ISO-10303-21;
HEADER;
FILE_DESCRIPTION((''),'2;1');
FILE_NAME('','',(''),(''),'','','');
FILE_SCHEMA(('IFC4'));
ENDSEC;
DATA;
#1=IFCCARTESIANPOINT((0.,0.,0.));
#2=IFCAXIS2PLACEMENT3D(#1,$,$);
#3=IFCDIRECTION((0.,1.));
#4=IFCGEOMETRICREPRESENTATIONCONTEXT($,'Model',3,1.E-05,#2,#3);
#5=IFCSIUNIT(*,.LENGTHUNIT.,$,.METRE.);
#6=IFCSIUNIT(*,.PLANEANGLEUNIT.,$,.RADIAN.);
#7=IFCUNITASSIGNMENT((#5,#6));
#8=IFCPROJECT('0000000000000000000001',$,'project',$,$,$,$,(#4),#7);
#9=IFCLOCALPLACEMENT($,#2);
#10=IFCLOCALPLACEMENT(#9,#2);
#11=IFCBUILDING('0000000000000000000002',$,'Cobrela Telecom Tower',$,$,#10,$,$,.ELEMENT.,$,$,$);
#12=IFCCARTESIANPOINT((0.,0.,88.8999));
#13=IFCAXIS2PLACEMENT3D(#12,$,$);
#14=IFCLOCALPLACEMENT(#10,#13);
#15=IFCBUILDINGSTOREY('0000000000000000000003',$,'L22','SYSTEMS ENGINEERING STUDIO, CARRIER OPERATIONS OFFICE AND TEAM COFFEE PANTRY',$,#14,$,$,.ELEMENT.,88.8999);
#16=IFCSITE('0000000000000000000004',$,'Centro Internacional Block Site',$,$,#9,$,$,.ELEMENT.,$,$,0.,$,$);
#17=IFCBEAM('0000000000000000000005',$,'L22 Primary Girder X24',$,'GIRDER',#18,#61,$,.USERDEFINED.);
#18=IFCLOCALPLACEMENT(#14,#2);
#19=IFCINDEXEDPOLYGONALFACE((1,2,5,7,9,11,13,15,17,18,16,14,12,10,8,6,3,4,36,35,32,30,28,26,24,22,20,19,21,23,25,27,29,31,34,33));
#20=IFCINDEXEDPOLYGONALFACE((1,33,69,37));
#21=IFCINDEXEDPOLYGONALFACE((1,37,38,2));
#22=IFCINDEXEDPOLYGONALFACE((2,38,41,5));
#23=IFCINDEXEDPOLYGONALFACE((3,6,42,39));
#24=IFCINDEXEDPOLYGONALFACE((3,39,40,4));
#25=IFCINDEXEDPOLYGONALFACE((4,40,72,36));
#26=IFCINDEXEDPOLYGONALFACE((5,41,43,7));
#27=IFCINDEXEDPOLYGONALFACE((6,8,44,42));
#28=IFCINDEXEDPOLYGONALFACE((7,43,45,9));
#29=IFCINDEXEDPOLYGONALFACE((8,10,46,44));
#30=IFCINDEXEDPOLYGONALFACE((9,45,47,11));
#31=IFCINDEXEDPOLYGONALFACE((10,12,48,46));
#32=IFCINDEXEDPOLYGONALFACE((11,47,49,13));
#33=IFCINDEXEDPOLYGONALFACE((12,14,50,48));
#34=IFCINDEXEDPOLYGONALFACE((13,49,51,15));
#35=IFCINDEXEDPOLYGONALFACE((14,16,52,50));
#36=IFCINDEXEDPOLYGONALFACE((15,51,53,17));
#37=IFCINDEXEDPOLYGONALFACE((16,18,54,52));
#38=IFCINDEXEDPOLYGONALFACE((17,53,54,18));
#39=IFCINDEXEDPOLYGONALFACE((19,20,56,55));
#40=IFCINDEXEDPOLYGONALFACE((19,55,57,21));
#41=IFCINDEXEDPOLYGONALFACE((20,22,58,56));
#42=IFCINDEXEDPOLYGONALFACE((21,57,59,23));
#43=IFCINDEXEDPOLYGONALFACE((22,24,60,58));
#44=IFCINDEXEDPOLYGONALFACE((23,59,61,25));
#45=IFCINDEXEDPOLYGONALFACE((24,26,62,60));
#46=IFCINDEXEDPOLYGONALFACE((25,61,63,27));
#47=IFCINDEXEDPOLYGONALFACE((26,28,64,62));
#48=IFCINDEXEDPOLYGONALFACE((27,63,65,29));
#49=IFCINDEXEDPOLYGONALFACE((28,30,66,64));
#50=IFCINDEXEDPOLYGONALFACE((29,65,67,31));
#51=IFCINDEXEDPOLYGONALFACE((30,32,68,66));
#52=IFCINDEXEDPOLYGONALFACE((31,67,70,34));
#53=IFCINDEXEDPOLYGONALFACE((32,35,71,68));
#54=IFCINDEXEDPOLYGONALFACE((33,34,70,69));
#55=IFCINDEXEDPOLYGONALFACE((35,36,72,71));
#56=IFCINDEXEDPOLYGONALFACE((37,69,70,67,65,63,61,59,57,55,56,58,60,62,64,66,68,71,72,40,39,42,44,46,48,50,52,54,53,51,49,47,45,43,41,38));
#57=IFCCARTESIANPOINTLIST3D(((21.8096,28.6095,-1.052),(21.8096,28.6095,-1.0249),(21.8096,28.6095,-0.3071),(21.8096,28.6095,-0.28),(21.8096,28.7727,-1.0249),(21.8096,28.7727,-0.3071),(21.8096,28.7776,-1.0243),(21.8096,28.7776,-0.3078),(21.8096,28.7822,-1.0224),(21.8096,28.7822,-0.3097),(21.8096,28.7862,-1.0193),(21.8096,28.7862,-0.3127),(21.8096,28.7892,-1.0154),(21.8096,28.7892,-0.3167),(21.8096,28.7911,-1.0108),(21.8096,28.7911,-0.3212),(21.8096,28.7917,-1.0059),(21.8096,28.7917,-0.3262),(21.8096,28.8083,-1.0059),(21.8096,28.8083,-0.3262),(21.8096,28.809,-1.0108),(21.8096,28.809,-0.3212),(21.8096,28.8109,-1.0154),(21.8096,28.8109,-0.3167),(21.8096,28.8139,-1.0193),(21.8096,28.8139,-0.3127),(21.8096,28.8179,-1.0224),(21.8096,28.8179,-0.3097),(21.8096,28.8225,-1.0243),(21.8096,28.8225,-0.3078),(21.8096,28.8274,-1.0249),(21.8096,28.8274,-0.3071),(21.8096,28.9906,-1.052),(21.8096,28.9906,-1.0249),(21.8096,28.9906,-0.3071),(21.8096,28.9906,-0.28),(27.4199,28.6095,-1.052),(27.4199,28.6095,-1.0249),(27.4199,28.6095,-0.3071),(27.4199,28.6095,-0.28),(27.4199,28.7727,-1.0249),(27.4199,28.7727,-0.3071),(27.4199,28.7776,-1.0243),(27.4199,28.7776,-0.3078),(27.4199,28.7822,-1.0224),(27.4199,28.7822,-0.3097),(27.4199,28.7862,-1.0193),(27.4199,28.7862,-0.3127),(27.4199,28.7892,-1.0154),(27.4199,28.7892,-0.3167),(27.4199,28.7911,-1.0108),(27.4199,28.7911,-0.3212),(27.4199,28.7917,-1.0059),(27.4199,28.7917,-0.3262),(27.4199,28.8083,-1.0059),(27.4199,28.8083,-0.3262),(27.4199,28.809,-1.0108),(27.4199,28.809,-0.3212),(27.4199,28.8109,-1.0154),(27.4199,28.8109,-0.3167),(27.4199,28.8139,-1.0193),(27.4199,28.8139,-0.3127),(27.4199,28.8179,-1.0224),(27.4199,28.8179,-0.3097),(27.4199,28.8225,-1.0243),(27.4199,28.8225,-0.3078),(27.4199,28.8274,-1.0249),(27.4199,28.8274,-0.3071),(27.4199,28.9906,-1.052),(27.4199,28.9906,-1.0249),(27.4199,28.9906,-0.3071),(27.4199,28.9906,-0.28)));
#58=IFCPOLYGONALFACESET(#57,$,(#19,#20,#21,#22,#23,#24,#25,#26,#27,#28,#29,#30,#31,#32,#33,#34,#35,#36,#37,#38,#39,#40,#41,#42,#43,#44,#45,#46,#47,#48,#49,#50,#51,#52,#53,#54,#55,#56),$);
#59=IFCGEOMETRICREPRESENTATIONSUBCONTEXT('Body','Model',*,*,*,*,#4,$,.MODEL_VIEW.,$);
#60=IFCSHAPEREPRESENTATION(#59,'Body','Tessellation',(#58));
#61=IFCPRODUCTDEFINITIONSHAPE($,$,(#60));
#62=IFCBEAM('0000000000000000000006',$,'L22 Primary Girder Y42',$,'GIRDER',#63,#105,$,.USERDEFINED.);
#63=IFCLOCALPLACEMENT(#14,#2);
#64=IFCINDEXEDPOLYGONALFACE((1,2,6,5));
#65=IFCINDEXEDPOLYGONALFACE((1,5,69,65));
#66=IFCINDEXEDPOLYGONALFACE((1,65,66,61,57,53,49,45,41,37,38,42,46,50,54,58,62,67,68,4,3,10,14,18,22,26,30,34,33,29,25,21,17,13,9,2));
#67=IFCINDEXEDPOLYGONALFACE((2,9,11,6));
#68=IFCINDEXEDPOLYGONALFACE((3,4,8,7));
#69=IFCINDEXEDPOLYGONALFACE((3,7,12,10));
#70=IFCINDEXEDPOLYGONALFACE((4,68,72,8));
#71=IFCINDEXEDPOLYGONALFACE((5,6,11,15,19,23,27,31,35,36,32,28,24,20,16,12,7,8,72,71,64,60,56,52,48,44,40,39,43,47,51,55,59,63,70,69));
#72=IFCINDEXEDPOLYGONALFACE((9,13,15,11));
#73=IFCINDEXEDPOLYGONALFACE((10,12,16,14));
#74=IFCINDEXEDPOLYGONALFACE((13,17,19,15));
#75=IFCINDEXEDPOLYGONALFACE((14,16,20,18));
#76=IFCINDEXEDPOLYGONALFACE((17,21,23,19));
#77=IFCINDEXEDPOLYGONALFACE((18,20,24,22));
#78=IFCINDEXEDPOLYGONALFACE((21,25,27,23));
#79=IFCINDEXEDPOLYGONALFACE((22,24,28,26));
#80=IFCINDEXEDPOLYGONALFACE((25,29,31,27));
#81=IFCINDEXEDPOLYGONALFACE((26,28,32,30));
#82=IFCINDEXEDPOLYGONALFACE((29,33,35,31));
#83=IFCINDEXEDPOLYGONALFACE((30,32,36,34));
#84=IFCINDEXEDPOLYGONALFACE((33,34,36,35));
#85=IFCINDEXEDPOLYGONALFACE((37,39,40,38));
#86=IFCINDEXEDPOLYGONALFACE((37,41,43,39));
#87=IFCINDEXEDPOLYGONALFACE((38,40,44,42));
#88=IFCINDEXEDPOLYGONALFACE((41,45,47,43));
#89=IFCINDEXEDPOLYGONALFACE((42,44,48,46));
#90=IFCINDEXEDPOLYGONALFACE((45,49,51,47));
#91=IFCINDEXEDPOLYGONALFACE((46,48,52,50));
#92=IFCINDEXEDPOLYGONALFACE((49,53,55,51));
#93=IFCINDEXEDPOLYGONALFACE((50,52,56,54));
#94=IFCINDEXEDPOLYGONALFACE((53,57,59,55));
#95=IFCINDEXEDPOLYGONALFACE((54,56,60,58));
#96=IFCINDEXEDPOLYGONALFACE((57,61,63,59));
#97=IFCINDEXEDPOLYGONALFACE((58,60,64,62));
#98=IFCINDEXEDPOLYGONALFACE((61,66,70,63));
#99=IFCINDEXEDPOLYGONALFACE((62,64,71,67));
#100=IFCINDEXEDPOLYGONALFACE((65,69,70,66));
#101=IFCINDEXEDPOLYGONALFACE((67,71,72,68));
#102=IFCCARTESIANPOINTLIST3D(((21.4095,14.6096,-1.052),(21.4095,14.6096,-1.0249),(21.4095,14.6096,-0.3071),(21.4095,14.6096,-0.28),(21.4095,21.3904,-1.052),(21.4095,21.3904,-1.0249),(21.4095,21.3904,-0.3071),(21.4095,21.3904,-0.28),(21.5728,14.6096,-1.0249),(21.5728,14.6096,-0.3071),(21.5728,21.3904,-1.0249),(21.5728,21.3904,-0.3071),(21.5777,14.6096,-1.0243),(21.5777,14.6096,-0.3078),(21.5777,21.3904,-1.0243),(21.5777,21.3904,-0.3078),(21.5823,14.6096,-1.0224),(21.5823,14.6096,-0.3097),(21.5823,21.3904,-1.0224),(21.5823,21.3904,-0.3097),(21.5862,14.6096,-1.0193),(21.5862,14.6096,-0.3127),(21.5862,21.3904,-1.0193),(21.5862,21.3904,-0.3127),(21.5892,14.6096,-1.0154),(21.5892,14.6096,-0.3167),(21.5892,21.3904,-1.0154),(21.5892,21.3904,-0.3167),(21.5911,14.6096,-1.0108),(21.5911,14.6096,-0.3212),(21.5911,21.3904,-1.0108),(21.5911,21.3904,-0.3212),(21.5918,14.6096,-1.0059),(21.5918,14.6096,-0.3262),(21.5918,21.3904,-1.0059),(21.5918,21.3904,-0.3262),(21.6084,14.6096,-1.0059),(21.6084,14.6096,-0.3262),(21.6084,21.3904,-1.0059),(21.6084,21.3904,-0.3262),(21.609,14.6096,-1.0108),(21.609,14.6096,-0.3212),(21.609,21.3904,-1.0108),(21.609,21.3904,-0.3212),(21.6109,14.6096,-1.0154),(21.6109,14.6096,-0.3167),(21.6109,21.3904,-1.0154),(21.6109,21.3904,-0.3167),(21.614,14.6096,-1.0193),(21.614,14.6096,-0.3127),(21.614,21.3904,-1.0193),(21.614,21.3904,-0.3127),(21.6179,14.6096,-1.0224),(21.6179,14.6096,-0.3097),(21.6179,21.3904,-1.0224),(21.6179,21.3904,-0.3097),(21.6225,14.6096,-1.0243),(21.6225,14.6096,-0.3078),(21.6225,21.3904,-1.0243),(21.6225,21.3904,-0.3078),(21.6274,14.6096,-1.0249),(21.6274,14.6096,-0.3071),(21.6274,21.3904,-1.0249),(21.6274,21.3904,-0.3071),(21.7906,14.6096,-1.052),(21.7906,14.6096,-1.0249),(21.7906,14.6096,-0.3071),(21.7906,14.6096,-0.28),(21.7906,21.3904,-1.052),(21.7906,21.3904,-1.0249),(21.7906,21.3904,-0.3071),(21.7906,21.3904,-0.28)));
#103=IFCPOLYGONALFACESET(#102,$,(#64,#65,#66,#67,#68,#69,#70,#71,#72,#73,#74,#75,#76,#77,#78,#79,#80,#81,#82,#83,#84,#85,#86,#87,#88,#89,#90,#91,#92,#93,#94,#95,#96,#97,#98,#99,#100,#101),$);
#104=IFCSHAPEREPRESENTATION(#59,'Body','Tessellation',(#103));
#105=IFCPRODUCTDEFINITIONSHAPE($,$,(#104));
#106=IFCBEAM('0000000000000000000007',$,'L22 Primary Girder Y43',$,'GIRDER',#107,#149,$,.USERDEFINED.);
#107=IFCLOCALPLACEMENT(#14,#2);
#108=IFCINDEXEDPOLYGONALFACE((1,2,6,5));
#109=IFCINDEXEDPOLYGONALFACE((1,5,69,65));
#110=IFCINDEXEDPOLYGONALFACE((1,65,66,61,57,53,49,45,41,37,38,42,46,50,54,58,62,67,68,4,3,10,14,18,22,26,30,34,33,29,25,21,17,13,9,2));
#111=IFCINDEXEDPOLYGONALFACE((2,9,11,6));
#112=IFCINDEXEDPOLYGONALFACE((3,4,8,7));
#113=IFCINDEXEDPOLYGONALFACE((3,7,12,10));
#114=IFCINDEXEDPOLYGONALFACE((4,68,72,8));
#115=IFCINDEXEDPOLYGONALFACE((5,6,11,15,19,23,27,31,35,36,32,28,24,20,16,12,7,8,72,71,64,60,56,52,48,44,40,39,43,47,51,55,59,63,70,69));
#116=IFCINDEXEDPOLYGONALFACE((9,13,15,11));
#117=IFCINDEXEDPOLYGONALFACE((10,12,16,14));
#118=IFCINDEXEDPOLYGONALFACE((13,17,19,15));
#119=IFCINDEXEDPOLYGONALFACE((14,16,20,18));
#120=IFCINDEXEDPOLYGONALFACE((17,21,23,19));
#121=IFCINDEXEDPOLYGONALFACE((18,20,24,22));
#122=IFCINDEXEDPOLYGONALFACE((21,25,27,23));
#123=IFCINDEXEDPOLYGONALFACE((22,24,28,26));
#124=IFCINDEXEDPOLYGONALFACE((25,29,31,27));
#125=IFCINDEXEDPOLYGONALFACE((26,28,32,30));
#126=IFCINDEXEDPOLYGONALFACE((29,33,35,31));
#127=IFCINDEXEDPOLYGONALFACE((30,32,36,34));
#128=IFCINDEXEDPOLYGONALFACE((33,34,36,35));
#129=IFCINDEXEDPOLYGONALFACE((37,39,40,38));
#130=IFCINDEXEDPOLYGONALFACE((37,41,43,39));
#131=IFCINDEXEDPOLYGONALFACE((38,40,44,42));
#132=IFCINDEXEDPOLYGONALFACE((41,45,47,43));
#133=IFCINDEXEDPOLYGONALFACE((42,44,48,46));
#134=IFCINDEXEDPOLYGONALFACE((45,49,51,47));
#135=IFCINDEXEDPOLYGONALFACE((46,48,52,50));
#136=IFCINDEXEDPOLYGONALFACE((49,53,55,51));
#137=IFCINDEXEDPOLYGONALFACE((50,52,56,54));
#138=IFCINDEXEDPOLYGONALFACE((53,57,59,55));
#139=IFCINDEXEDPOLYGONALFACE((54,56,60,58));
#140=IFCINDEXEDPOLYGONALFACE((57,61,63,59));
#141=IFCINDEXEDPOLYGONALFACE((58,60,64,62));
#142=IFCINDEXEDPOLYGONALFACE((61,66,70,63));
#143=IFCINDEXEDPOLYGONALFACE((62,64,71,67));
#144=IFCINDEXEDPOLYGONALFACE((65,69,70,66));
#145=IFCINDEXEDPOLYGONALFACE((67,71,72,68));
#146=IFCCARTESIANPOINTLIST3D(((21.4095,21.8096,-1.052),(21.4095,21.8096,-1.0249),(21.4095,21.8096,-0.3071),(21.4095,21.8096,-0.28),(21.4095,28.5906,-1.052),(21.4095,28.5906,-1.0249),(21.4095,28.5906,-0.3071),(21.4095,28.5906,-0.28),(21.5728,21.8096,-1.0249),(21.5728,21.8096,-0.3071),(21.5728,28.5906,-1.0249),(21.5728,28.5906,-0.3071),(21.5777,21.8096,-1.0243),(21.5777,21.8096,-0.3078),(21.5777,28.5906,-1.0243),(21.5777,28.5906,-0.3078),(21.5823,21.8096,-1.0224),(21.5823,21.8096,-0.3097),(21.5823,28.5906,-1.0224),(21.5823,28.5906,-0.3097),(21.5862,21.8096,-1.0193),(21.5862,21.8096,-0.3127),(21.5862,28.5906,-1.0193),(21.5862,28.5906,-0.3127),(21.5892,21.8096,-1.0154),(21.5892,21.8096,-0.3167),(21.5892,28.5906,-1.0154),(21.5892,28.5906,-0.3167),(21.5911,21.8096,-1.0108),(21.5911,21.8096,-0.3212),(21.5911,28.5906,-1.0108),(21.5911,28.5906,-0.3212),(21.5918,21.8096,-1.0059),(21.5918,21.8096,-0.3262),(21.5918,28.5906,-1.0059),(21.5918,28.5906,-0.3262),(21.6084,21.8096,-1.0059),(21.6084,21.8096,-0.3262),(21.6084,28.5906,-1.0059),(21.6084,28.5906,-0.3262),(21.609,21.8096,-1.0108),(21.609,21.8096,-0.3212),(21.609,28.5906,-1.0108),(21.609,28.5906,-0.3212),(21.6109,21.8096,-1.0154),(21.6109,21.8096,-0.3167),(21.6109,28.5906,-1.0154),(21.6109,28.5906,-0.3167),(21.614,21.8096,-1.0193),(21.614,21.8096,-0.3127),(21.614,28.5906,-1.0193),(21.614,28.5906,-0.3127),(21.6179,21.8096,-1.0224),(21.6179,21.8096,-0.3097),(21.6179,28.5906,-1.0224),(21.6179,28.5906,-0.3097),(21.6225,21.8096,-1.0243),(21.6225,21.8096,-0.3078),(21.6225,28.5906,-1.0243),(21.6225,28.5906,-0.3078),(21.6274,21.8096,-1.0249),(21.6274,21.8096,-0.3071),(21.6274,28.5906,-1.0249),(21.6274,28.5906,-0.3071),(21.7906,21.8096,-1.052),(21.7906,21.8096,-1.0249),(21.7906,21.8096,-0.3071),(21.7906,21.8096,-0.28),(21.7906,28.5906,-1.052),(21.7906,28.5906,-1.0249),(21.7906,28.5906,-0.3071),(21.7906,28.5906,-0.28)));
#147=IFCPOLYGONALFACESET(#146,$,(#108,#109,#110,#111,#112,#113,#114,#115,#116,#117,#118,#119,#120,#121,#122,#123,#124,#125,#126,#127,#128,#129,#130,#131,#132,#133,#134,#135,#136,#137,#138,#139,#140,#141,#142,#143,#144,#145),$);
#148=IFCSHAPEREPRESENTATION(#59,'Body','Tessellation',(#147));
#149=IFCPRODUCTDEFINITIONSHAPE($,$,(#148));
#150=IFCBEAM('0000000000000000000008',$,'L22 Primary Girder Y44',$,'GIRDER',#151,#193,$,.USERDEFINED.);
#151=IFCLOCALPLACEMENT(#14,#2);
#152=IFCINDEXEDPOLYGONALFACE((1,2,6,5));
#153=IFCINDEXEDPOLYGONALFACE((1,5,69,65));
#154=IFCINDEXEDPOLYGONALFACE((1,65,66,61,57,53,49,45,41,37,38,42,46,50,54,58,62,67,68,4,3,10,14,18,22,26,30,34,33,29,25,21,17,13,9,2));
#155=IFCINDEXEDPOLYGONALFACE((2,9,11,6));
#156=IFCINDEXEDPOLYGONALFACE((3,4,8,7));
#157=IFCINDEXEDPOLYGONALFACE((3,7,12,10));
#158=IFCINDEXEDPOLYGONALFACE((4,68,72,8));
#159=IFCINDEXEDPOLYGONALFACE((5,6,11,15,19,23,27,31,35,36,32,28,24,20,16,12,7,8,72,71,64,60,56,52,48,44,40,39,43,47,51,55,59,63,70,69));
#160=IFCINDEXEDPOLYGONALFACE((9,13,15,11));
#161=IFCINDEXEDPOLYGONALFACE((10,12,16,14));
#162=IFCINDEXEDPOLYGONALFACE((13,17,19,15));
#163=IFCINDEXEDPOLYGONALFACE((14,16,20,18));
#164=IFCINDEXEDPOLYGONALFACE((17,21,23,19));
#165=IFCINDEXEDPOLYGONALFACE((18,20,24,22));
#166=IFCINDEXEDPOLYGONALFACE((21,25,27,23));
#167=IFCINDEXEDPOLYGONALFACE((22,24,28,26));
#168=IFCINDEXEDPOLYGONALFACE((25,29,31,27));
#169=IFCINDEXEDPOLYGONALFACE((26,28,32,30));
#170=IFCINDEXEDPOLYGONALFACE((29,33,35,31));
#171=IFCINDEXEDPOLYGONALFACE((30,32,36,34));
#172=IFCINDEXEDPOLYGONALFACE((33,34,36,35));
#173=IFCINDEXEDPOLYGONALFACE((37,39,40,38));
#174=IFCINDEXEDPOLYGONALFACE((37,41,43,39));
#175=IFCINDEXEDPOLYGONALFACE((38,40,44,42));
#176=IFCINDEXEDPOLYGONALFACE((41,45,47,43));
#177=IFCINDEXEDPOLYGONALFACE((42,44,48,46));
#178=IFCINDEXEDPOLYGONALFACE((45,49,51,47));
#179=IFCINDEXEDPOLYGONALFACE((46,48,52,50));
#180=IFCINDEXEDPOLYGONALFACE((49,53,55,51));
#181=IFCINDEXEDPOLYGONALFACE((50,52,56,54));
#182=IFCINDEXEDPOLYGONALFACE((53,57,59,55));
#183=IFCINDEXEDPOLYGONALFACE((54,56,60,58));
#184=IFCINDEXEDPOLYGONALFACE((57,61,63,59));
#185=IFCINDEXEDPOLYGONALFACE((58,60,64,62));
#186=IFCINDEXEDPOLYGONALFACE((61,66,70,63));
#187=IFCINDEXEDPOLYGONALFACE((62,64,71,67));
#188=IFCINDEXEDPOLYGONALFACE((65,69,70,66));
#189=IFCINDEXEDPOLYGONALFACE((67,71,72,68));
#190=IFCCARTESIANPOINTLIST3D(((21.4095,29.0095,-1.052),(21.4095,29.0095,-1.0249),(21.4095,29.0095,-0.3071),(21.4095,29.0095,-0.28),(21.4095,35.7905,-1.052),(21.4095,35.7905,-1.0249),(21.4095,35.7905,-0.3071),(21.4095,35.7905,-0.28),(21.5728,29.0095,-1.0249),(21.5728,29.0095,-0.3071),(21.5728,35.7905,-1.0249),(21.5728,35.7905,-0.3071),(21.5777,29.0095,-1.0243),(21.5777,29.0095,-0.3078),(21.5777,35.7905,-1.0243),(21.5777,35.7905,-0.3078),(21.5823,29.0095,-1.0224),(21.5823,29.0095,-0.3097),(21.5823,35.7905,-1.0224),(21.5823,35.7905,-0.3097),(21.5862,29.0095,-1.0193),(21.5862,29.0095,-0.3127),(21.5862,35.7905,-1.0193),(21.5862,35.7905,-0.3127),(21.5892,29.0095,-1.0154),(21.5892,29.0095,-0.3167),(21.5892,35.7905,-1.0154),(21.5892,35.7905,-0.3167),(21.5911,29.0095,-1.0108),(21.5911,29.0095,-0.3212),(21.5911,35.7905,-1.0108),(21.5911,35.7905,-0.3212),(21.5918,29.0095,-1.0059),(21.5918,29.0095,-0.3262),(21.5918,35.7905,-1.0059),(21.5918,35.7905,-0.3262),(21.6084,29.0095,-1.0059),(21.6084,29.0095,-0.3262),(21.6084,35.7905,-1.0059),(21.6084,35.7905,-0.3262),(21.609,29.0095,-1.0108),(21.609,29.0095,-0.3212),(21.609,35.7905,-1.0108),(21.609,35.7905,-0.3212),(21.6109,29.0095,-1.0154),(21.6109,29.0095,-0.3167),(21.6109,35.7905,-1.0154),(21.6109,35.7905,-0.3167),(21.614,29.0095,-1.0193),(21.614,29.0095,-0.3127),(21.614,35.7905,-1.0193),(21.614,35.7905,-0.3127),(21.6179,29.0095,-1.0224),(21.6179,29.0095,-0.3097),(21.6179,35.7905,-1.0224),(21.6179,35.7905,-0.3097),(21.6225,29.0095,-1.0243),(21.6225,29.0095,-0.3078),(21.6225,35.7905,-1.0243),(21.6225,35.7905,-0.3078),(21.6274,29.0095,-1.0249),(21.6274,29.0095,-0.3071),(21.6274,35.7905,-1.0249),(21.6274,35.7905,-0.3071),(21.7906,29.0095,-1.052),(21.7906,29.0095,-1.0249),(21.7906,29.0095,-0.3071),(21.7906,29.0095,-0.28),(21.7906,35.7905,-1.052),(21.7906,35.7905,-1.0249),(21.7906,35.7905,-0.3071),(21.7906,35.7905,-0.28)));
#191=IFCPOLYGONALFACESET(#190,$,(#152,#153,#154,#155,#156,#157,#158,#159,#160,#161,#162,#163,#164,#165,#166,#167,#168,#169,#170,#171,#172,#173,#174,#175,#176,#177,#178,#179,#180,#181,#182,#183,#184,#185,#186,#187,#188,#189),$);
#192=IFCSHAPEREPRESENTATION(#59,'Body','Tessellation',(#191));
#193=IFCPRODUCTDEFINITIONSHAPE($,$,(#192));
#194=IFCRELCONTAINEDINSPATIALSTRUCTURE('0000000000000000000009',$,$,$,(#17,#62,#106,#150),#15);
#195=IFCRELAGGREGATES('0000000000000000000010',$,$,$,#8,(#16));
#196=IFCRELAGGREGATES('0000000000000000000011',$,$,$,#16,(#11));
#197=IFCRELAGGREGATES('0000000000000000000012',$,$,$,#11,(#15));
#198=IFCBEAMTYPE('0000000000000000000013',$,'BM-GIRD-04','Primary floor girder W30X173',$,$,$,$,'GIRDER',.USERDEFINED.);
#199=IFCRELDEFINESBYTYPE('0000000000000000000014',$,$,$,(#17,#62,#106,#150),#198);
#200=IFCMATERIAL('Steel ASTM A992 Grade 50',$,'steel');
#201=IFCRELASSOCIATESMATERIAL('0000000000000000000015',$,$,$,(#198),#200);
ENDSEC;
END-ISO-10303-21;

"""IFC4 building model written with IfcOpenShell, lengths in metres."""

from ifc_helpers import new_model, si_unit, direction, frame, origin, origin_2d, place, context, subcontext, project, spatial, i_section, extrude, material, material_profile, profile_set, type_object, element, save


model = new_model("IFC4")

# Units and contexts
model_context = context("Model", 3, precision=1e-05, world=origin(), true_north=direction((0.0, 1.0)))
body_context = subcontext(model_context, "Body", "Model", "MODEL_VIEW")
ifc_project = project(units=[si_unit("LENGTHUNIT", "METRE"), si_unit("PLANEANGLEUNIT", "RADIAN")], contexts=[model_context])

# Site, building, storey
site_placement = place(None, origin())
site = spatial("IfcSite", under=ifc_project, at=site_placement, Name="Centro Internacional Block Site", CompositionType="ELEMENT", RefElevation=0.0)
building_placement = place(site_placement, origin())
building = spatial("IfcBuilding", under=site, at=building_placement, Name="Cobrela Telecom Tower", CompositionType="ELEMENT")
storey_placement = place(building_placement, frame((0.0, 0.0, 88.8999)))
storey = spatial("IfcBuildingStorey", under=building, at=storey_placement, Name="L22", Description="SYSTEMS ENGINEERING STUDIO, CARRIER OPERATIONS OFFICE AND TEAM COFFEE PANTRY", CompositionType="ELEMENT", Elevation=88.8999)

# Shared definitions
ifc_material_1 = material(Name="Steel ASTM A992 Grade 50", Category="steel")

# Beams
ifc_material_profile_1 = material_profile(ifc_material_1, i_section(OverallWidth=0.3811, OverallDepth=0.772, WebThickness=0.0166, FlangeThickness=0.0271, FilletRadius=0.019, at=origin_2d()), Name="W30X173")
ifc_profile_set_1 = profile_set([ifc_material_profile_1], Name="Steel ASTM A992 Grade 50")
beam_type_1 = type_object("IfcBeamType", Name="BM-GIRD-04", Description="Primary floor girder W30X173", ElementType="GIRDER", PredefinedType="USERDEFINED", material=ifc_profile_set_1)
beam_1_placement = place(storey_placement, frame((21.8096, 28.8, -0.666), z_axis=(1.0, 0.0, 0.0), x_axis=(0.0, 1.0, 0.0)))
element("IfcBeam", 1, at=beam_1_placement, inside=storey, type_object=beam_type_1, Name="L22 Primary Girder X24", ObjectType="GIRDER", PredefinedType="USERDEFINED", context=body_context, shape_type="SweptSolid", body=[
    extrude(i_section(OverallWidth=0.3811, OverallDepth=0.772, WebThickness=0.0166, FlangeThickness=0.0271, FilletRadius=0.019, at=origin_2d()), origin(), (0.0, 0.0, 1.0), 5.6104),
])
beam_2_placement = place(storey_placement, frame((21.6001, 14.6096, -0.666), z_axis=(0.0, 1.0, 0.0), x_axis=(-1.0, 0.0, 0.0)))
element("IfcBeam", 2, at=beam_2_placement, inside=storey, type_object=beam_type_1, Name="L22 Primary Girder Y42", ObjectType="GIRDER", PredefinedType="USERDEFINED", context=body_context, shape_type="SweptSolid", body=[
    extrude(i_section(OverallWidth=0.3811, OverallDepth=0.772, WebThickness=0.0166, FlangeThickness=0.0271, FilletRadius=0.019, at=origin_2d()), origin(), (0.0, 0.0, 1.0), 6.7808),
])
for number, where, z_axis, x_axis, name in (
    (3, (21.6001, 21.8096, -0.666), (0.0, 1.0, 0.0), (-1.0, 0.0, 0.0), "L22 Primary Girder Y43"),
    (4, (21.6001, 29.0095, -0.666), (0.0, 1.0, 0.0), (-1.0, 0.0, 0.0), "L22 Primary Girder Y44"),
):
    element("IfcBeam", number, at=place(storey_placement, frame(where, z_axis=z_axis, x_axis=x_axis)), inside=storey, type_object=beam_type_1, Name=name, ObjectType="GIRDER", PredefinedType="USERDEFINED", context=body_context, shape_type="SweptSolid", body=[
        extrude(i_section(OverallWidth=0.3811, OverallDepth=0.772, WebThickness=0.0166, FlangeThickness=0.0271, FilletRadius=0.019, at=origin_2d()), origin(), (0.0, 0.0, 1.0), 6.781),
    ])

save(model, "model.ifc")
